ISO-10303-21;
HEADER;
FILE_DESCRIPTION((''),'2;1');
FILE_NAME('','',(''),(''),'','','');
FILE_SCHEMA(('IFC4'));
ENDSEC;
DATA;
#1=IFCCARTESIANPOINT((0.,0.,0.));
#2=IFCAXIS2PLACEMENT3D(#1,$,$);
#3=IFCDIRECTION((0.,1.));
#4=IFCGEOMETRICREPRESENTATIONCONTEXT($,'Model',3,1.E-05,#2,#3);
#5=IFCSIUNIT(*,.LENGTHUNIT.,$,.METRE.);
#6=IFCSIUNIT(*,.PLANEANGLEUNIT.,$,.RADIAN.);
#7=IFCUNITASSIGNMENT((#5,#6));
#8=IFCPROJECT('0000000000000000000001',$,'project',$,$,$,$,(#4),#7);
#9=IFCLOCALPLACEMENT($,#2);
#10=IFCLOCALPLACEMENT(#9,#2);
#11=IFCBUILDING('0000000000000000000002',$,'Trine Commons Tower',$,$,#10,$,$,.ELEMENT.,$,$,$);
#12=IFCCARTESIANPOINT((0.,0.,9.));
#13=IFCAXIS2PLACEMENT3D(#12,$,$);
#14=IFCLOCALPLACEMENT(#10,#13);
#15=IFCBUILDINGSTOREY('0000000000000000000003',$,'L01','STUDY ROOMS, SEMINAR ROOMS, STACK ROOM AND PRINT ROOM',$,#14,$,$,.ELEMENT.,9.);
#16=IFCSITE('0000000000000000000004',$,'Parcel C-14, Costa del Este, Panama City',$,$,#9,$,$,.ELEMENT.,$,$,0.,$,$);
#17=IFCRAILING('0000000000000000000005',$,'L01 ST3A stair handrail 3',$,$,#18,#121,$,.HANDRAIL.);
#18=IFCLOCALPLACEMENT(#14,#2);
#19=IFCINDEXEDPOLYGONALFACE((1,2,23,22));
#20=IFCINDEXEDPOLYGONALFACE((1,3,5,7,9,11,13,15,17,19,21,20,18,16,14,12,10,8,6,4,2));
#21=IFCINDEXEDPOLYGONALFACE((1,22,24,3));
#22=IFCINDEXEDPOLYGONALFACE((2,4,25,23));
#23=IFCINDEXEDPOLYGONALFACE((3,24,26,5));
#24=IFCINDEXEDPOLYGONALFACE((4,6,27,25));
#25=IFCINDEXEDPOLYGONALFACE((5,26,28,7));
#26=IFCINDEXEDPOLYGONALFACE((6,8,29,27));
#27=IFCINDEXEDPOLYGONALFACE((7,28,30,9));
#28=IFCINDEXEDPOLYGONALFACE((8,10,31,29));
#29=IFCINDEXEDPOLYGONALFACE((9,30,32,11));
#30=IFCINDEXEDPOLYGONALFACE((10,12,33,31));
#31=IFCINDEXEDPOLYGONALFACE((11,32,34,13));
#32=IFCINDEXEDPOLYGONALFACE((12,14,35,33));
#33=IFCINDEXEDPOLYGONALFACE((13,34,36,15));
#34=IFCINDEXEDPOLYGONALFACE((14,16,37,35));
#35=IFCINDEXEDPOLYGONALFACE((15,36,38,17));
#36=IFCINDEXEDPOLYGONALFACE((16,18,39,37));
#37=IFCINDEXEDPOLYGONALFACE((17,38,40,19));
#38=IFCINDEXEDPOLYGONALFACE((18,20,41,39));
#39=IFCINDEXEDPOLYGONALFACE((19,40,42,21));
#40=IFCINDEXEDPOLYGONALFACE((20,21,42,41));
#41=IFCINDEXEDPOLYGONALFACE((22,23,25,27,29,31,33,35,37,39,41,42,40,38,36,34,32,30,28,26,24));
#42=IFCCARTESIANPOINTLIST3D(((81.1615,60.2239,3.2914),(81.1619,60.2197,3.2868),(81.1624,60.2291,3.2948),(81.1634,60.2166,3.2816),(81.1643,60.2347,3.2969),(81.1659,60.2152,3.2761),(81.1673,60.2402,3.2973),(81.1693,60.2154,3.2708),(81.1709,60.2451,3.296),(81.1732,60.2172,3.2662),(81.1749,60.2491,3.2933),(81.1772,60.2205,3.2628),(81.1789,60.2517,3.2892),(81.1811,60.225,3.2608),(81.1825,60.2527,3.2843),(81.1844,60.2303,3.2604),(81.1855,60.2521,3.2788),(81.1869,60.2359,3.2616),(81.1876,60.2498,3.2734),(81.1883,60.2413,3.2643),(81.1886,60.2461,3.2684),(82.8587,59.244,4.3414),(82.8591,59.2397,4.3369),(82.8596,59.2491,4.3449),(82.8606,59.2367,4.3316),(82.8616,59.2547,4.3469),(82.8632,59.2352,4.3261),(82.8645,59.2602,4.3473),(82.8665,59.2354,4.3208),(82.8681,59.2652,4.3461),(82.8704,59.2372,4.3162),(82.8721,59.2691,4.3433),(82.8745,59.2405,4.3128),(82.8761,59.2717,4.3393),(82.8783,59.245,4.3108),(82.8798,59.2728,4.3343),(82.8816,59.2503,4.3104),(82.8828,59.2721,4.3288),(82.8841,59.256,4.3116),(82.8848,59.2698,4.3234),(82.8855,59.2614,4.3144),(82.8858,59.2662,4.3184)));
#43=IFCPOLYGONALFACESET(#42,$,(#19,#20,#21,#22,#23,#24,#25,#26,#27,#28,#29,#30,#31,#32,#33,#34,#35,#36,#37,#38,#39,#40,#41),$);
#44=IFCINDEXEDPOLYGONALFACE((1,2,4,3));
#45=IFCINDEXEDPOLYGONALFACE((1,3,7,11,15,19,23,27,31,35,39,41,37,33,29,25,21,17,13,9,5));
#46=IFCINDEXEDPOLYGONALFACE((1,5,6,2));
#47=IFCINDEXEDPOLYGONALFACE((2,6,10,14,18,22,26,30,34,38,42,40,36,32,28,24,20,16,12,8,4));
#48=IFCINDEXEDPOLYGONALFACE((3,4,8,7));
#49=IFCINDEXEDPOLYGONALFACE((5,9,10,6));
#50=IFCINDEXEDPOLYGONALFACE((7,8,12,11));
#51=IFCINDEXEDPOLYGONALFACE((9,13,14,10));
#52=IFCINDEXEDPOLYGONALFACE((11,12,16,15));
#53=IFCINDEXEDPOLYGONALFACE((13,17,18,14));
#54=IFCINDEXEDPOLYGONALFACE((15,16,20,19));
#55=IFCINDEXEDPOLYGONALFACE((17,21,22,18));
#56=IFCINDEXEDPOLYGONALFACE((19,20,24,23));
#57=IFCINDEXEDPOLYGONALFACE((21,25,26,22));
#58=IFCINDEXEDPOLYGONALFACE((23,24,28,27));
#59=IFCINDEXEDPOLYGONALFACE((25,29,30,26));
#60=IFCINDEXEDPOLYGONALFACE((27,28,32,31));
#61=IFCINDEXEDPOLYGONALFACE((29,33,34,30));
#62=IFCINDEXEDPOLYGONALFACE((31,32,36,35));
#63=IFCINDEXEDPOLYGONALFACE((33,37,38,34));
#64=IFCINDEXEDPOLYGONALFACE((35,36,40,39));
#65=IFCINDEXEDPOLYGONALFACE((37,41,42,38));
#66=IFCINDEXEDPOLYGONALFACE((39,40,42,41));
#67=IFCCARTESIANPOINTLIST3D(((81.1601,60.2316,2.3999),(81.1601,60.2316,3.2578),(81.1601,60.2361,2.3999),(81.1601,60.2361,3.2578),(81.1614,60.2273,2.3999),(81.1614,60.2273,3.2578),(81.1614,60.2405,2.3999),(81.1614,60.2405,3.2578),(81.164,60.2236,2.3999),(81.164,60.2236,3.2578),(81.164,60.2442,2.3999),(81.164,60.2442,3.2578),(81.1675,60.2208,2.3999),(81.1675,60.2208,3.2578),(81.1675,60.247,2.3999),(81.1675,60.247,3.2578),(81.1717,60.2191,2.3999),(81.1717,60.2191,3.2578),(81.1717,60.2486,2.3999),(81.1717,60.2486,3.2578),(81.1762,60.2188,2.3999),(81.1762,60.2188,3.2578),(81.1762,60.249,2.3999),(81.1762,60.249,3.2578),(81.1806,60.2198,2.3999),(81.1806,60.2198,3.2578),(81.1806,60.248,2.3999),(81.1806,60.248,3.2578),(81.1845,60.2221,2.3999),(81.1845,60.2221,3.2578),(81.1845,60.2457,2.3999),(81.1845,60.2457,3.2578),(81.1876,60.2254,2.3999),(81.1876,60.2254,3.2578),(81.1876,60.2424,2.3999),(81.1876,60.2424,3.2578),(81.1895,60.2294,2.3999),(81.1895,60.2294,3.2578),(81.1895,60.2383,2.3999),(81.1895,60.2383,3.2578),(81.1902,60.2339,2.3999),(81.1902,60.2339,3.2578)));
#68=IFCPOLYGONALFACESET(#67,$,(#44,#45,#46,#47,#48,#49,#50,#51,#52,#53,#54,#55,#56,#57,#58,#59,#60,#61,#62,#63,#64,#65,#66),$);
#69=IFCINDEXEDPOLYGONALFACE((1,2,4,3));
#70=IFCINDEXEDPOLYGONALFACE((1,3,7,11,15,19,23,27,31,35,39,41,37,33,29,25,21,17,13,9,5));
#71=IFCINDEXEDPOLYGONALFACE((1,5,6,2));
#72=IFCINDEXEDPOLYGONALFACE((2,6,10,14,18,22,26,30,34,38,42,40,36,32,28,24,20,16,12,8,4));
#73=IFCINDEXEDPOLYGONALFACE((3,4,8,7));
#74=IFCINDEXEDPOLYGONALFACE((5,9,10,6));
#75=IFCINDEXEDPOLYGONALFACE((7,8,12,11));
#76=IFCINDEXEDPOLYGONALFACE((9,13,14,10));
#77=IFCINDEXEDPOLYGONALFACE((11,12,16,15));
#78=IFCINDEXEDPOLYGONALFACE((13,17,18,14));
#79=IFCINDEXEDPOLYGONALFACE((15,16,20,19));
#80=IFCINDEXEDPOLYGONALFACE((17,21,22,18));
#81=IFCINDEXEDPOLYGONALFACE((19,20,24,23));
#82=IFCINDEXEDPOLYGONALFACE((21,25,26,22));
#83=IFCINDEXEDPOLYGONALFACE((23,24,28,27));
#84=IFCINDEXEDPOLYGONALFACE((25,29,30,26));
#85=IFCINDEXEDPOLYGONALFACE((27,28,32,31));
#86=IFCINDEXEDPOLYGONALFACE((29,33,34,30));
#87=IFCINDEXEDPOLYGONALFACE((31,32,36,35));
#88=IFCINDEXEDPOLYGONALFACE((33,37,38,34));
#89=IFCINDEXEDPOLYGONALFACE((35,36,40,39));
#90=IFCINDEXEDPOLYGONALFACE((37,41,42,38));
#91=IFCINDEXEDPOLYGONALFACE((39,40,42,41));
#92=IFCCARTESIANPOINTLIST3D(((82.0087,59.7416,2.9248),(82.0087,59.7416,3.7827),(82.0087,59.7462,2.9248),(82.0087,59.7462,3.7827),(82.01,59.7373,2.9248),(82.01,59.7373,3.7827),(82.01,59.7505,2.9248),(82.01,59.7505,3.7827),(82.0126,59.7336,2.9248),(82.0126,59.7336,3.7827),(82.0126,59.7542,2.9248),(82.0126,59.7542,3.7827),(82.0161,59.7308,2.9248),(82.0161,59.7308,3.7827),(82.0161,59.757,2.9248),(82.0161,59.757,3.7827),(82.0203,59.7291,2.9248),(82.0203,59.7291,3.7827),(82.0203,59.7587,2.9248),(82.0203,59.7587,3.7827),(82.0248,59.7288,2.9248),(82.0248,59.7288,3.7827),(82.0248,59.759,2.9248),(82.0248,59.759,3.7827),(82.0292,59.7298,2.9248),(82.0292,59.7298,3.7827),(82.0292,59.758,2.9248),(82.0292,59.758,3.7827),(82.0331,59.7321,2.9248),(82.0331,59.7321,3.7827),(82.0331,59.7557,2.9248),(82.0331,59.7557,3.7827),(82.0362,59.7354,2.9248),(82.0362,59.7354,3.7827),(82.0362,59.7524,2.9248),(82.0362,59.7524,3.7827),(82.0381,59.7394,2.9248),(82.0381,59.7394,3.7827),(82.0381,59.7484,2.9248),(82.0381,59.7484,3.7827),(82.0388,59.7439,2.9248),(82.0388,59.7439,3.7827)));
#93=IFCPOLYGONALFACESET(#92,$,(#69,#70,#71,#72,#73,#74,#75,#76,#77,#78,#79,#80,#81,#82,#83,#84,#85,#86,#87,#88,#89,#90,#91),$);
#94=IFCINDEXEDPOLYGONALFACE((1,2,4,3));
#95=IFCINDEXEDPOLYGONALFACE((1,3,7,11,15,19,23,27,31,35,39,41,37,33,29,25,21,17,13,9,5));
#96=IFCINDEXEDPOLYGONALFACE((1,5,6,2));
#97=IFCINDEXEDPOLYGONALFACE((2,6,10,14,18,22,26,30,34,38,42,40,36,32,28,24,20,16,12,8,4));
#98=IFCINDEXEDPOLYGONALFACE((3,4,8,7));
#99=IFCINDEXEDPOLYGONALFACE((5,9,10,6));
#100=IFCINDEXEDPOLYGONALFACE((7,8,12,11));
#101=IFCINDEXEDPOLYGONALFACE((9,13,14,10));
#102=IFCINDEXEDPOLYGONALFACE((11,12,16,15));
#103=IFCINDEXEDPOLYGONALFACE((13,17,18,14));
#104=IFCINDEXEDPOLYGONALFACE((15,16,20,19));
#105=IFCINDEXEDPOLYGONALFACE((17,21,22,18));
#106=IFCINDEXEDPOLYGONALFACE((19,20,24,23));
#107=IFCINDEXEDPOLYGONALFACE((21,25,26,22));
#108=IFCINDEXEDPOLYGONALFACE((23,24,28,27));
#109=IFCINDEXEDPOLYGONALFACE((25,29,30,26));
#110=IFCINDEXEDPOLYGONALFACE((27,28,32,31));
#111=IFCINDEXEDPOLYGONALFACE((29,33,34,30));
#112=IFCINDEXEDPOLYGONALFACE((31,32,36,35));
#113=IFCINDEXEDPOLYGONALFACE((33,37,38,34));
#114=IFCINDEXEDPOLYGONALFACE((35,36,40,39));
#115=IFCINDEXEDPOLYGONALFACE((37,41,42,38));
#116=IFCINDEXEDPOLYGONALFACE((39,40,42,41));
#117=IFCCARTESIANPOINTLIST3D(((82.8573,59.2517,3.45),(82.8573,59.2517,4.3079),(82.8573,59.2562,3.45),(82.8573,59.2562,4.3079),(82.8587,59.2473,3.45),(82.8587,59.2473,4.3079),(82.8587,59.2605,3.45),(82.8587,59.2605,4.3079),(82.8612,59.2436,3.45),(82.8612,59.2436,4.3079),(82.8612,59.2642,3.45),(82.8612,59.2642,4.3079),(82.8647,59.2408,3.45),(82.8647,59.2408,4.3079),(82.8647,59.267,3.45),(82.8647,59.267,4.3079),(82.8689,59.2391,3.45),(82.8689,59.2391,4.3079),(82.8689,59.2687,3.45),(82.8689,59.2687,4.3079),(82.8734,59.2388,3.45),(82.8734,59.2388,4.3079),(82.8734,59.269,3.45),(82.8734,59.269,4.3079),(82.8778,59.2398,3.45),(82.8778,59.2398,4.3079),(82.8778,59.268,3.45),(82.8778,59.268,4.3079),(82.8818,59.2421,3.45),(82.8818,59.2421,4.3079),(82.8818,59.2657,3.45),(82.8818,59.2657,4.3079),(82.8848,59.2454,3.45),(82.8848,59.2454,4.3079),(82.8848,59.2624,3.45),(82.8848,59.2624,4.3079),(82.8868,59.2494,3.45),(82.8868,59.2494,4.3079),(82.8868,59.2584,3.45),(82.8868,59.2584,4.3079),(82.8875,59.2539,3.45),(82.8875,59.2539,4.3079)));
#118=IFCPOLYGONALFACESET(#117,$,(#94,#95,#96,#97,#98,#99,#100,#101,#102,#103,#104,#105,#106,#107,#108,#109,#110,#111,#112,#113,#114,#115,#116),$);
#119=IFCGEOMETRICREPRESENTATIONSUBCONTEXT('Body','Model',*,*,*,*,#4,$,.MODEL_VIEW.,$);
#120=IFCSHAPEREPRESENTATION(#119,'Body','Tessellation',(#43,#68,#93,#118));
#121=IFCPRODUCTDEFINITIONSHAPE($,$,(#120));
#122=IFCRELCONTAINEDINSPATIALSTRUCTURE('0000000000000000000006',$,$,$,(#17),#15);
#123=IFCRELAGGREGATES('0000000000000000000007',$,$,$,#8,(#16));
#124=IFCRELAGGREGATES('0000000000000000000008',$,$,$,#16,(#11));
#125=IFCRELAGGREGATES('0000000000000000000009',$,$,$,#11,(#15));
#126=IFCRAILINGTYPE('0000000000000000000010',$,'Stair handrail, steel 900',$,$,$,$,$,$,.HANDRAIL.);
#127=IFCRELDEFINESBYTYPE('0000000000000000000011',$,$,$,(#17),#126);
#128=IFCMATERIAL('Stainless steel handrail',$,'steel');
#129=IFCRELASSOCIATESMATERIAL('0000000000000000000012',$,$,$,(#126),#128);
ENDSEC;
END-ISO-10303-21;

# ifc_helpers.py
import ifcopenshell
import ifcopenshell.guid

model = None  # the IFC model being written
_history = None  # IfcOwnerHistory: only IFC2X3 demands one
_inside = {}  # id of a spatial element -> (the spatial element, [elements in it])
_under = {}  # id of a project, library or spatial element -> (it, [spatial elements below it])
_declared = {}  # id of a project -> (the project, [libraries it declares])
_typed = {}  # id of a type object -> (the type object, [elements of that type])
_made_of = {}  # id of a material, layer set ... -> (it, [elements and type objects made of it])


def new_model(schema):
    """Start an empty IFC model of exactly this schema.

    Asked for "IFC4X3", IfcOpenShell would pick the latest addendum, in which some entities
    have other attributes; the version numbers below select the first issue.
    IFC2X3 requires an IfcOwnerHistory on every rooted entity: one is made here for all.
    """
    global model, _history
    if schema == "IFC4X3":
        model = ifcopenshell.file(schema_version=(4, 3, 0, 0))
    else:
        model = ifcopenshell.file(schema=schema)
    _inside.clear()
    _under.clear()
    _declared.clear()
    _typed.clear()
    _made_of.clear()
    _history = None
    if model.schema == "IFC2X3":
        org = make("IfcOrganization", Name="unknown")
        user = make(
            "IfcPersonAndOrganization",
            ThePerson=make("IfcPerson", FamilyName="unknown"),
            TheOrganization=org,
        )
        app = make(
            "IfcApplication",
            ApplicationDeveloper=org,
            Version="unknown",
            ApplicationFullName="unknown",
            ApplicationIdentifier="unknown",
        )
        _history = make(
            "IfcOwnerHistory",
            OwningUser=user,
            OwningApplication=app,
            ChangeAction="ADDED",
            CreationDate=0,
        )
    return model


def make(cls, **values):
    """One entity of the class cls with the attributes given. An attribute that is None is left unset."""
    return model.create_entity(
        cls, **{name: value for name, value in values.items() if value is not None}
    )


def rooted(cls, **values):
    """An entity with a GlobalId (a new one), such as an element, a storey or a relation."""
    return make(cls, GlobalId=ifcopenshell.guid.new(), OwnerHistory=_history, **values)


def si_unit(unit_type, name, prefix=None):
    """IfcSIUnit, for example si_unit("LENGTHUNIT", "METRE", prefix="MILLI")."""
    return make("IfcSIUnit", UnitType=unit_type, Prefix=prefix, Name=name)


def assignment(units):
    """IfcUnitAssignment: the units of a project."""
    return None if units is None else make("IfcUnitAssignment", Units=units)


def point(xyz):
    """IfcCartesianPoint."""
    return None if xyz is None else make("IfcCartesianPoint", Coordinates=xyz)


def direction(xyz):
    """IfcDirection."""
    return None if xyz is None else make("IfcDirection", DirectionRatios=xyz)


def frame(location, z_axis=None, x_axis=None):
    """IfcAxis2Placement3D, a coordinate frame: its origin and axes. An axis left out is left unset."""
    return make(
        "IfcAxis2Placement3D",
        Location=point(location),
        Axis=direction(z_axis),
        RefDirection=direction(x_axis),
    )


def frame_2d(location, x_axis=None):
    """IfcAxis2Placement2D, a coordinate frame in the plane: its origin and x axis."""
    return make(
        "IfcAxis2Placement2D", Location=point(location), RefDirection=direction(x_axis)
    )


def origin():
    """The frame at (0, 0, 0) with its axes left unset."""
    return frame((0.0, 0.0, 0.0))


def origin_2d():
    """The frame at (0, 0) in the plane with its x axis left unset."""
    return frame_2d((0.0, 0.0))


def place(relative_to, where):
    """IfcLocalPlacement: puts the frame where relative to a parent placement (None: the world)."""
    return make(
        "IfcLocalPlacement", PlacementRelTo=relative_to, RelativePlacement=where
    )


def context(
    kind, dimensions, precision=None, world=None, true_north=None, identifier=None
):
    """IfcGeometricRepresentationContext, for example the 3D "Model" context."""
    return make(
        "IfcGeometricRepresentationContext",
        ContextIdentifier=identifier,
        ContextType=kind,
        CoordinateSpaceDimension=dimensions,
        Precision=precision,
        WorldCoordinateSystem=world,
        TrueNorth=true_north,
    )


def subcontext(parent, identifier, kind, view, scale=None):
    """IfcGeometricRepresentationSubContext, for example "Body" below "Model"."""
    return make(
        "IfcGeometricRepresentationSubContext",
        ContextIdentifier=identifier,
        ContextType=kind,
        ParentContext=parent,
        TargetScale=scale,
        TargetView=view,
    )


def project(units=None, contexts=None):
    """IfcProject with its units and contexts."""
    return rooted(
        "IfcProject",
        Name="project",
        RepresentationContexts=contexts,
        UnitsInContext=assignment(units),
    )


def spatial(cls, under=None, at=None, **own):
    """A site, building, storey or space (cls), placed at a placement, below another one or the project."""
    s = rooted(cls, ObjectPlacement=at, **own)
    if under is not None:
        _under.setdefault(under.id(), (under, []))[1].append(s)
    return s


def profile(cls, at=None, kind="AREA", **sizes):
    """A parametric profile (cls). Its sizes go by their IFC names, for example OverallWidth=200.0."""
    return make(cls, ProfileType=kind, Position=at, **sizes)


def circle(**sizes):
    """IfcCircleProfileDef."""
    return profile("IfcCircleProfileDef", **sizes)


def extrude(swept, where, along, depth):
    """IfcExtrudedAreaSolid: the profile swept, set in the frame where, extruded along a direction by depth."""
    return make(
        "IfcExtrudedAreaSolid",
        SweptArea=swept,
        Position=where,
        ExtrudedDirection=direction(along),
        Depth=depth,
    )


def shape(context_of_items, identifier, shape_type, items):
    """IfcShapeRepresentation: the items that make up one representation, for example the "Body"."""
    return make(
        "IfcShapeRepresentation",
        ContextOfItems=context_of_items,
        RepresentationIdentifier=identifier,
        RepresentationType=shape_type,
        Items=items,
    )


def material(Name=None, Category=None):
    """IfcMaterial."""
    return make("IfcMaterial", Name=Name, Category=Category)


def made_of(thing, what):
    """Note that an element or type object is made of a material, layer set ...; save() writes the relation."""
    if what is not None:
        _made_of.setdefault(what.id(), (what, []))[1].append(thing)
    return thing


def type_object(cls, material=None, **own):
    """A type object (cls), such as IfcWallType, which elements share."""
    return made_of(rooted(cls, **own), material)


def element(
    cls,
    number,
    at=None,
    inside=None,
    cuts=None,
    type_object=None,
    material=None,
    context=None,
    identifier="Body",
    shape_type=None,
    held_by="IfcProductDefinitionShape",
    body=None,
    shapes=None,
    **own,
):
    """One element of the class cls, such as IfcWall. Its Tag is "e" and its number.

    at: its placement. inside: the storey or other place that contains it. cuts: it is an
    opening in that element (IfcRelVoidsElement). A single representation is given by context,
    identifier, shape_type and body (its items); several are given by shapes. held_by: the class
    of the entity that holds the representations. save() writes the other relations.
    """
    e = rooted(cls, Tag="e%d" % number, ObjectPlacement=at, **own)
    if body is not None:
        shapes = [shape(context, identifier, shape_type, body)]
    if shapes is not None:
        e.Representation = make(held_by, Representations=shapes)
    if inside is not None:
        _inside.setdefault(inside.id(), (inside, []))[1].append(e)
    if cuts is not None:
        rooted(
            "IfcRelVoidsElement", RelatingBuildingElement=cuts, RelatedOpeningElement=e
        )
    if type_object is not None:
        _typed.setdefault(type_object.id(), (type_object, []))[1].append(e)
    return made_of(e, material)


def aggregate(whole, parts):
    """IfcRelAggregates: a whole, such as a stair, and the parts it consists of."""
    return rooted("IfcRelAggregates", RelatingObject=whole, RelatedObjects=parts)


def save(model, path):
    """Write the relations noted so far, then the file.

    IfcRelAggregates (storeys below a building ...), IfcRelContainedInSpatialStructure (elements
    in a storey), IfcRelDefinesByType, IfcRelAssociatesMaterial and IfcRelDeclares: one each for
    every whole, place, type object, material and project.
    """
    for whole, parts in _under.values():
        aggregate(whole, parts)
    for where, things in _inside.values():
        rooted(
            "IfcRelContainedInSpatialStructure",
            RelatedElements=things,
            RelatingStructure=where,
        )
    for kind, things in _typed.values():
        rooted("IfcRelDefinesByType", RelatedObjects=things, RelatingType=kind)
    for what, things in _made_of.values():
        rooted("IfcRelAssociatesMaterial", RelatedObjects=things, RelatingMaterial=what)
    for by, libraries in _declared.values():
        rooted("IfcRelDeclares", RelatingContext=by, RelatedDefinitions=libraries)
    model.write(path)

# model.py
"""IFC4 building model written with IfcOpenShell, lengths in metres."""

from ifc_helpers import new_model, si_unit, direction, frame, origin, origin_2d, place, context, subcontext, project, spatial, circle, extrude, material, type_object, element, save


model = new_model("IFC4")

# Units and contexts
model_context = context("Model", 3, precision=1e-05, world=origin(), true_north=direction((0.0, 1.0)))
body_context = subcontext(model_context, "Body", "Model", "MODEL_VIEW")
ifc_project = project(units=[si_unit("LENGTHUNIT", "METRE"), si_unit("PLANEANGLEUNIT", "RADIAN")], contexts=[model_context])

# Site, building, storey
site_placement = place(None, origin())
site = spatial("IfcSite", under=ifc_project, at=site_placement, Name="Parcel C-14, Costa del Este, Panama City", CompositionType="ELEMENT", RefElevation=0.0)
building_placement = place(site_placement, origin())
building = spatial("IfcBuilding", under=site, at=building_placement, Name="Trine Commons Tower", CompositionType="ELEMENT")
storey_placement = place(building_placement, frame((0.0, 0.0, 9.0)))
storey = spatial("IfcBuildingStorey", under=building, at=storey_placement, Name="L01", Description="STUDY ROOMS, SEMINAR ROOMS, STACK ROOM AND PRINT ROOM", CompositionType="ELEMENT", Elevation=9.0)

# Railing
ifc_material_1 = material(Name="Stainless steel handrail", Category="steel")
railing_type_1 = type_object("IfcRailingType", Name="Stair handrail, steel 900", PredefinedType="HANDRAIL", material=ifc_material_1)
railing_1_placement = place(storey_placement, frame((81.175, 60.2339, 2.3999)))
element("IfcRailing", 1, at=railing_1_placement, inside=storey, type_object=railing_type_1, Name="L01 ST3A stair handrail 3", PredefinedType="HANDRAIL", context=body_context, shape_type="SweptSolid", body=[
    extrude(circle(Radius=0.021, at=origin_2d()), frame((0.0, 0.0, 0.8789), z_axis=(0.763352, -0.44075, 0.472264), x_axis=(0.500024, 0.866011, 0.0)), (0.0, 0.0, 1.0), 2.2234),
    extrude(circle(Radius=0.0151, at=origin_2d()), origin(), (0.0, 0.0, 1.0), 0.8579),
    extrude(circle(Radius=0.0151, at=origin_2d()), frame((0.8486, -0.49, 0.5249)), (0.0, 0.0, 1.0), 0.8579),
    extrude(circle(Radius=0.0151, at=origin_2d()), frame((1.6973, -0.98, 1.05)), (0.0, 0.0, 1.0), 0.8579),
])

save(model, "model.ifc")
